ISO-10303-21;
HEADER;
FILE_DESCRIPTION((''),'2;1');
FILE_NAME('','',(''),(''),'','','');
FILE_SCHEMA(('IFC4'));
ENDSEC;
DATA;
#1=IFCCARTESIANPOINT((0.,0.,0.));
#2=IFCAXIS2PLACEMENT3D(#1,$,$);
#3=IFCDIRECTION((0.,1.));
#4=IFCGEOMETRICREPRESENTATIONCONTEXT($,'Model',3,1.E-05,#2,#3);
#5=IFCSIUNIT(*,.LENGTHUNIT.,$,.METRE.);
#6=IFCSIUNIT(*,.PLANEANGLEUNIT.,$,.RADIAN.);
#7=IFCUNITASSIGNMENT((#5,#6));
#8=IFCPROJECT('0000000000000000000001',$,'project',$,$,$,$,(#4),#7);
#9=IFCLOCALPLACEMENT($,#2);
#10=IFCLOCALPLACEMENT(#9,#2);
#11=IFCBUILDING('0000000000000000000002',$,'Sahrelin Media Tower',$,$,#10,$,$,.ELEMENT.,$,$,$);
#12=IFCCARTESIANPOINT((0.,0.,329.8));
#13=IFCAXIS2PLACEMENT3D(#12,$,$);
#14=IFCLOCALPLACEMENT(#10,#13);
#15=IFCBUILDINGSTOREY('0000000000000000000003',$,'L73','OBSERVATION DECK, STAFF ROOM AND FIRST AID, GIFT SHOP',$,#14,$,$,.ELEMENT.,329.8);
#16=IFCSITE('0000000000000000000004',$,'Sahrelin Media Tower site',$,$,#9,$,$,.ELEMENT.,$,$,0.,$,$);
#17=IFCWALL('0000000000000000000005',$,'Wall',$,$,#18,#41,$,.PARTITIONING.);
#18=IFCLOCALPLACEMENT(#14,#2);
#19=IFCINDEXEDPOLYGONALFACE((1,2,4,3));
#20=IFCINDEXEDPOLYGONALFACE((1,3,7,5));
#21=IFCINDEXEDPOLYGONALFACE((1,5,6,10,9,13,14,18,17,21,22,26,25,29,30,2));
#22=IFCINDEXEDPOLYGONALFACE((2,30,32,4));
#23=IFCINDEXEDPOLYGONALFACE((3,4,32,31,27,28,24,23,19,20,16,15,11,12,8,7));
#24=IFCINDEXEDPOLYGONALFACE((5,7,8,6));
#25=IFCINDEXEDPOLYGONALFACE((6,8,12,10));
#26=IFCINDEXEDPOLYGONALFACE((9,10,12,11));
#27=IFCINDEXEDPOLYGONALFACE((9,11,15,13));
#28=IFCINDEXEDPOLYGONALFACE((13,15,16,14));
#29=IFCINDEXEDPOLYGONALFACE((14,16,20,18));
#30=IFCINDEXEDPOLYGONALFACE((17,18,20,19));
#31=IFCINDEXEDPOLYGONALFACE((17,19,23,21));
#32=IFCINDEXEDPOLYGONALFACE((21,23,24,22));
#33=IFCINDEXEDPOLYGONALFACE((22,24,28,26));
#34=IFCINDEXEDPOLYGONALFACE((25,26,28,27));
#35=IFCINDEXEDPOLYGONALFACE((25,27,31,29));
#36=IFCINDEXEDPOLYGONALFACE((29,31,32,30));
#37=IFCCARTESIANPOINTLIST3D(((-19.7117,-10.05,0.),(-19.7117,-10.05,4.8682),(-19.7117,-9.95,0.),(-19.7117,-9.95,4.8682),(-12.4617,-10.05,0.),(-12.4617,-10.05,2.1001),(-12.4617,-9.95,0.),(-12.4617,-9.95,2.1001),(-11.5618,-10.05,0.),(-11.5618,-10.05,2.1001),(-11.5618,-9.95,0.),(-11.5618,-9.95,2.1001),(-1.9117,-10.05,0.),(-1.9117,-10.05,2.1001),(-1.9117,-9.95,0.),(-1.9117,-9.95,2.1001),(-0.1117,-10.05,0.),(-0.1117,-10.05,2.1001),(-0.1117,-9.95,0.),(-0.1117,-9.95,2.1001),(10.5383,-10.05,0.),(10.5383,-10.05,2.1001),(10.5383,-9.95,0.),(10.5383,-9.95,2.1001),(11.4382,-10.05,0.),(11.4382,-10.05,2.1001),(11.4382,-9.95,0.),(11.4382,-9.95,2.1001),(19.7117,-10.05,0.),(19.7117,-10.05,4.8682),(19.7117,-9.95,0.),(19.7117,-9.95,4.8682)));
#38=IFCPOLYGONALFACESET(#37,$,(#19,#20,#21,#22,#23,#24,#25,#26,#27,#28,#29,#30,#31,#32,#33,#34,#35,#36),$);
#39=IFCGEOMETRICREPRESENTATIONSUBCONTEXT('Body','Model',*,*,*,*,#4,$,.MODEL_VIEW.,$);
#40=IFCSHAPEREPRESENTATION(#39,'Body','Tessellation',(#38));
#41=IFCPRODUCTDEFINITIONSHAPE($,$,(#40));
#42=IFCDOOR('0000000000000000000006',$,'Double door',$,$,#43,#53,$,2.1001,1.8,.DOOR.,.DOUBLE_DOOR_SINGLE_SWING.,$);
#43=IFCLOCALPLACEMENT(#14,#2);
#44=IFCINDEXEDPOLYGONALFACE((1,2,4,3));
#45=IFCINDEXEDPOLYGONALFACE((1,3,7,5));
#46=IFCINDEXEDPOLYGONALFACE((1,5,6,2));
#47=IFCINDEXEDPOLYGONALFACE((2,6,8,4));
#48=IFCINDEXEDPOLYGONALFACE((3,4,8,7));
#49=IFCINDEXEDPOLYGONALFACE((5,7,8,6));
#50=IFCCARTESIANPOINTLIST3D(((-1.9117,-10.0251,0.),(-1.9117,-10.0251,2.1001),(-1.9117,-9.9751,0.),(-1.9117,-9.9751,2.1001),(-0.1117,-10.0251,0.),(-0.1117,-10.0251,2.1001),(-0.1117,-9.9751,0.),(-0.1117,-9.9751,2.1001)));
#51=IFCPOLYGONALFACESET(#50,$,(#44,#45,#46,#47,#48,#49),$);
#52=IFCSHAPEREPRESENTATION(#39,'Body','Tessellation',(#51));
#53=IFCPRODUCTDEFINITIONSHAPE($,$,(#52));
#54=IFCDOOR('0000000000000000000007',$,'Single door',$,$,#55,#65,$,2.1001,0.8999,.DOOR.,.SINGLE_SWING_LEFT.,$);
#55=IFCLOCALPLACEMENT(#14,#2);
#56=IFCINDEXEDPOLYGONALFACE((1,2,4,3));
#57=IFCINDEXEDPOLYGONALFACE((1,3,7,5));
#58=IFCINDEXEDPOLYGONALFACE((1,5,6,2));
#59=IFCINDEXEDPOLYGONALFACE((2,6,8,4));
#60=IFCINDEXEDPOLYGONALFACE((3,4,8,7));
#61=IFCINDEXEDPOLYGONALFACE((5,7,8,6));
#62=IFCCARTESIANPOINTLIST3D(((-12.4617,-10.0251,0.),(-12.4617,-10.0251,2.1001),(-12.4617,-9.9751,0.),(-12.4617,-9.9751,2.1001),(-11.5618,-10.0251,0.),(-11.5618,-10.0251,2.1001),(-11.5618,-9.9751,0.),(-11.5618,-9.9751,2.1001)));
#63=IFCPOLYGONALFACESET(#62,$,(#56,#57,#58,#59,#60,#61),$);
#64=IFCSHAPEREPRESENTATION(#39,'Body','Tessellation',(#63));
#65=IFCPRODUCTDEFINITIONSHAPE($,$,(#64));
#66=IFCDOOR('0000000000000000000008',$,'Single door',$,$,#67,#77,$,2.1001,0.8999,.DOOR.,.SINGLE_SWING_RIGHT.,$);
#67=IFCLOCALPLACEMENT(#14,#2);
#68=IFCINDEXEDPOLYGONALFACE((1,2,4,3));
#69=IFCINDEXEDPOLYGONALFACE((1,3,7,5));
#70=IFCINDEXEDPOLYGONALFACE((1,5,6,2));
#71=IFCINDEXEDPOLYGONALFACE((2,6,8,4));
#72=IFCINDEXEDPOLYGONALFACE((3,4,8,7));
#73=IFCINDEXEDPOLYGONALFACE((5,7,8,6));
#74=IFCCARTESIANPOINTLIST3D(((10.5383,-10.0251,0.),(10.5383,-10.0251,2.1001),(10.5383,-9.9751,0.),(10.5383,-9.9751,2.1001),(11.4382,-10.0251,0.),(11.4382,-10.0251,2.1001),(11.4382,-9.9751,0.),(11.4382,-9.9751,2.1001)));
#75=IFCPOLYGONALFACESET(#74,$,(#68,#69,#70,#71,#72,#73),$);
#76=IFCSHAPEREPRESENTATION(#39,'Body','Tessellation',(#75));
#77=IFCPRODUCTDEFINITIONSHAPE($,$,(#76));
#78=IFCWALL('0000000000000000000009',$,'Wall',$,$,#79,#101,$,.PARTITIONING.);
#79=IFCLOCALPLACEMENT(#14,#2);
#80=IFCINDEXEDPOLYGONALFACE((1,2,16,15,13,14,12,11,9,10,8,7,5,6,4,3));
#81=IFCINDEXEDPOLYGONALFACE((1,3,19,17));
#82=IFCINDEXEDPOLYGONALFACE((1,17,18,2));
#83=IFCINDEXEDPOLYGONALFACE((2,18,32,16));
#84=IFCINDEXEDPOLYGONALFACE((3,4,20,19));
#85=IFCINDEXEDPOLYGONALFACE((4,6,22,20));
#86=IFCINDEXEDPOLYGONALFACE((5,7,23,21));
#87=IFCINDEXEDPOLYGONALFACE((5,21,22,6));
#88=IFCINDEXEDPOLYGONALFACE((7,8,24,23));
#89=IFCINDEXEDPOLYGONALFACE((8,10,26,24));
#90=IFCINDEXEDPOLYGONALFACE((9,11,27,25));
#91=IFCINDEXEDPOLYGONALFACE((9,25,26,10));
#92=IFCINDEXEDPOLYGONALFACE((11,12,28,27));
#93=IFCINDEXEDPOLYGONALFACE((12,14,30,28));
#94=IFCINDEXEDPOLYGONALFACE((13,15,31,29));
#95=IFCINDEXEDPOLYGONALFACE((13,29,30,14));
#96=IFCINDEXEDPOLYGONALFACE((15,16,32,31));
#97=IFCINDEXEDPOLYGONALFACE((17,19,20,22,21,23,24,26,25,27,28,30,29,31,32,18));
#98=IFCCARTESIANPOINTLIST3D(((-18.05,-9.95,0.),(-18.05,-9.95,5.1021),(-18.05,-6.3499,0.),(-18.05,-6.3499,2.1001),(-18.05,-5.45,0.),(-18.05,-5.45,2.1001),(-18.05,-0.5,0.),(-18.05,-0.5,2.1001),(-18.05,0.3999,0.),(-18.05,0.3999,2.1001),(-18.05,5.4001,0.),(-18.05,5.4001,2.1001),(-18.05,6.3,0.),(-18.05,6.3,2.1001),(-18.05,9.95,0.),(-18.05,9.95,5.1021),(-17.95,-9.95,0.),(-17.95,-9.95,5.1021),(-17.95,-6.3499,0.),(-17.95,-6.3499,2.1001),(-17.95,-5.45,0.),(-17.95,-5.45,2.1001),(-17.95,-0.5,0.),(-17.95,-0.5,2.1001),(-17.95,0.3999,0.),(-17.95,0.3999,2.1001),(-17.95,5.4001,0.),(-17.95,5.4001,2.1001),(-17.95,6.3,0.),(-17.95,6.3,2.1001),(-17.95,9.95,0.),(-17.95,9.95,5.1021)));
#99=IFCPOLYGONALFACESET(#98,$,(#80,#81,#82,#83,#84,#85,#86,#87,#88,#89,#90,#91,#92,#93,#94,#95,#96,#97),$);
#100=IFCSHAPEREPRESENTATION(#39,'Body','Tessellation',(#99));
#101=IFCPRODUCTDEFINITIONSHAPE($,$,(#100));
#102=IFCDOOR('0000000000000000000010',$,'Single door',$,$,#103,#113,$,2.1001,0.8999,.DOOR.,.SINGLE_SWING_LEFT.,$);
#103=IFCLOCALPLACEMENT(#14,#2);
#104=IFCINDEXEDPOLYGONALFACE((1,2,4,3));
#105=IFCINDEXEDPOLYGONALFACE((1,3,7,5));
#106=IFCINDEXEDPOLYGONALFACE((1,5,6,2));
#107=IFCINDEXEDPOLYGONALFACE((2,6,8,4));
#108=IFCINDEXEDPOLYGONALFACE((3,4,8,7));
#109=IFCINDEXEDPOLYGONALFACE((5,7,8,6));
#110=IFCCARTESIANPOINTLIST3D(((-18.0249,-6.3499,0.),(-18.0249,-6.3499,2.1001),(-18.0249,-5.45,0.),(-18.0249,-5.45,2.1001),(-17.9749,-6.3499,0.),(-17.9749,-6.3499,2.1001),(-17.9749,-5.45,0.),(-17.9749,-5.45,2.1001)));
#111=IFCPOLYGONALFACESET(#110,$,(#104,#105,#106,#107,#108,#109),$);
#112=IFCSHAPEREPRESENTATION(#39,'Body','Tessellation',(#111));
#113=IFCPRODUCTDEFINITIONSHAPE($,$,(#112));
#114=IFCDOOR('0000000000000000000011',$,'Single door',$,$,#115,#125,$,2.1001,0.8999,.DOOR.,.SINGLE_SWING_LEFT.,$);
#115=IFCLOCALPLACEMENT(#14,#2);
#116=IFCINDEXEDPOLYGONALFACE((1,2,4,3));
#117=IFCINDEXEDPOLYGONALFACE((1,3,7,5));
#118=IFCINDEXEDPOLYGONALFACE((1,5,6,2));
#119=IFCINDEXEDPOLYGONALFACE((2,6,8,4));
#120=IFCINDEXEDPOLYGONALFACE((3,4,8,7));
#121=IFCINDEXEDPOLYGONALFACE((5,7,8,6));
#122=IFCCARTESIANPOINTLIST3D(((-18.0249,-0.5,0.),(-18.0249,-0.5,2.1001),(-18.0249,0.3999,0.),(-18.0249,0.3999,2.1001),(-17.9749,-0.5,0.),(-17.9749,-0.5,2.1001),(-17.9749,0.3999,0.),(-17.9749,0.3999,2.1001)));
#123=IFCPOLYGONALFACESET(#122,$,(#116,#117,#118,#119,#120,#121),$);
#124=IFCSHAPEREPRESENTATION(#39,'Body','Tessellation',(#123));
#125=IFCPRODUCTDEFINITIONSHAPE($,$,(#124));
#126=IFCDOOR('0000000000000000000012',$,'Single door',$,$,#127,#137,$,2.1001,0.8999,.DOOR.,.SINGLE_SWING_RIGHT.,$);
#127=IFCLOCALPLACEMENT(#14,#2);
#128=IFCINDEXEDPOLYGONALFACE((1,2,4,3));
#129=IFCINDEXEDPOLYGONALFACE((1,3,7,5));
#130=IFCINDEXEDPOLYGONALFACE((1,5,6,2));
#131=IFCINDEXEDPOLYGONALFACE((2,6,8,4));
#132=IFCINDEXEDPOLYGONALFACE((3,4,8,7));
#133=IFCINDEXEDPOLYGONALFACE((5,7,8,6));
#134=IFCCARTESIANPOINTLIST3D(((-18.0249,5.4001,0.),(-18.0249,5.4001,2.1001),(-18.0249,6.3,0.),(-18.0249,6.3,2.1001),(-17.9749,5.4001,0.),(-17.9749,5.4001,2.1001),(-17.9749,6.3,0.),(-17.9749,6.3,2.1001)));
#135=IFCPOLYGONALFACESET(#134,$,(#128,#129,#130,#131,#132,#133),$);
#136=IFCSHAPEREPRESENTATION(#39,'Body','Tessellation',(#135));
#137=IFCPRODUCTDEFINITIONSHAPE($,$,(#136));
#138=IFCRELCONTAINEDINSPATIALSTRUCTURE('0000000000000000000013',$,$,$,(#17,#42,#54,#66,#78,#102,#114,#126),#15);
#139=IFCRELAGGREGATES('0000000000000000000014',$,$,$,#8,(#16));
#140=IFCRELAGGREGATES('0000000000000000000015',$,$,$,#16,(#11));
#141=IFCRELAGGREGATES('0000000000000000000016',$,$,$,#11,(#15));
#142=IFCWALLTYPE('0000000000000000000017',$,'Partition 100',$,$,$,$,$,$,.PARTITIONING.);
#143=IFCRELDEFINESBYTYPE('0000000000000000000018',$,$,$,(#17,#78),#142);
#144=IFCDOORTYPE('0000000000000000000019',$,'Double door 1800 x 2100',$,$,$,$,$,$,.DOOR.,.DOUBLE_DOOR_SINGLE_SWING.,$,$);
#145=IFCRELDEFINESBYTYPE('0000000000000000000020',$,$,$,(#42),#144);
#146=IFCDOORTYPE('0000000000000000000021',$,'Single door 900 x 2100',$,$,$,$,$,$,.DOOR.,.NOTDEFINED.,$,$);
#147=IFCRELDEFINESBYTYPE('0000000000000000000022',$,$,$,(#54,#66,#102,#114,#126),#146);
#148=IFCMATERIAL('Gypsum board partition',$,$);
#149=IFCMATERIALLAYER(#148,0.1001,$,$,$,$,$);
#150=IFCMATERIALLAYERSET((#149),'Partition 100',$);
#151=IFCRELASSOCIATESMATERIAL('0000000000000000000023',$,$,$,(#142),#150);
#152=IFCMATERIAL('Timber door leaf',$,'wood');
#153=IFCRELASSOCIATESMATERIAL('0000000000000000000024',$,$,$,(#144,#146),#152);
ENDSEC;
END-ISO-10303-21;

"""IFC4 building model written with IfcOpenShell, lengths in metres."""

from ifc_helpers import new_model, si_unit, direction, frame, frame_2d, origin, place, context, subcontext, project, spatial, rectangle, extrude, material, layer, layer_set, type_object, element, fill, save


model = new_model("IFC4")

# Units and contexts
model_context = context("Model", 3, precision=1e-05, world=origin(), true_north=direction((0.0, 1.0)))
body_context = subcontext(model_context, "Body", "Model", "MODEL_VIEW")
ifc_project = project(units=[si_unit("LENGTHUNIT", "METRE"), si_unit("PLANEANGLEUNIT", "RADIAN")], contexts=[model_context])

# Site, building, storey
site_placement = place(None, origin())
site = spatial("IfcSite", under=ifc_project, at=site_placement, Name="Sahrelin Media Tower site", CompositionType="ELEMENT", RefElevation=0.0)
building_placement = place(site_placement, origin())
building = spatial("IfcBuilding", under=site, at=building_placement, Name="Sahrelin Media Tower", CompositionType="ELEMENT")
storey_placement = place(building_placement, frame((0.0, 0.0, 329.8)))
storey = spatial("IfcBuildingStorey", under=building, at=storey_placement, Name="L73", Description="OBSERVATION DECK, STAFF ROOM AND FIRST AID, GIFT SHOP", CompositionType="ELEMENT", Elevation=329.8)

# Walls, openings, doors
ifc_material_1 = material(Name="Gypsum board partition")
ifc_layer_1 = layer(ifc_material_1, 0.1001)
ifc_layer_set_1 = layer_set([ifc_layer_1], Name="Partition 100")
wall_type = type_object("IfcWallType", Name="Partition 100", PredefinedType="PARTITIONING", material=ifc_layer_set_1)
wall_1_placement = place(storey_placement, frame((-19.7117, -10.0, 0.0), z_axis=(0.0, 0.0, 1.0), x_axis=(1.0, 0.0, 0.0)))
wall_1 = element("IfcWall", 1, at=wall_1_placement, inside=storey, type_object=wall_type, Name="Wall", PredefinedType="PARTITIONING", context=body_context, shape_type="SweptSolid", body=[
    extrude(rectangle(XDim=39.4233, YDim=0.1001, at=frame_2d((19.7117, 0.0))), origin(), (0.0, 0.0, 1.0), 4.8682),
])
opening_1_placement = place(wall_1_placement, frame((7.25, 0.0, 0.0)))
opening_1 = element("IfcOpeningElement", 2, at=opening_1_placement, cuts=wall_1, PredefinedType="OPENING", context=body_context, shape_type="SweptSolid", body=[
    extrude(rectangle(XDim=0.8999, YDim=2.1001, at=frame_2d((0.45, 1.05))), frame((0.0, 0.05, 0.0), z_axis=(0.0, -1.0, 0.0), x_axis=(1.0, 0.0, 0.0)), (0.0, 0.0, 1.0), 0.1001),
])
opening_2_placement = place(wall_1_placement, frame((17.8, 0.0, 0.0)))
opening_2 = element("IfcOpeningElement", 3, at=opening_2_placement, cuts=wall_1, PredefinedType="OPENING", context=body_context, shape_type="SweptSolid", body=[
    extrude(rectangle(XDim=1.8, YDim=2.1001, at=frame_2d((0.8999, 1.05))), frame((0.0, 0.05, 0.0), z_axis=(0.0, -1.0, 0.0), x_axis=(1.0, 0.0, 0.0)), (0.0, 0.0, 1.0), 0.1001),
])
opening_3_placement = place(wall_1_placement, frame((30.25, 0.0, 0.0)))
opening_3 = element("IfcOpeningElement", 4, at=opening_3_placement, cuts=wall_1, PredefinedType="OPENING", context=body_context, shape_type="SweptSolid", body=[
    extrude(rectangle(XDim=0.8999, YDim=2.1001, at=frame_2d((0.45, 1.05))), frame((0.0, 0.05, 0.0), z_axis=(0.0, -1.0, 0.0), x_axis=(1.0, 0.0, 0.0)), (0.0, 0.0, 1.0), 0.1001),
])
ifc_material_2 = material(Name="Timber door leaf", Category="wood")
door_type_1 = type_object("IfcDoorType", Name="Double door 1800 x 2100", OperationType="DOUBLE_DOOR_SINGLE_SWING", PredefinedType="DOOR", material=ifc_material_2)
door_1_placement = place(opening_2_placement, origin())
door_1 = element("IfcDoor", 5, at=door_1_placement, inside=storey, type_object=door_type_1, Name="Double door", OperationType="DOUBLE_DOOR_SINGLE_SWING", OverallHeight=2.1001, OverallWidth=1.8, PredefinedType="DOOR", context=body_context, shape_type="SweptSolid", body=[
    extrude(rectangle(XDim=1.8, YDim=2.1001, at=frame_2d((0.8999, 1.05))), frame((0.0, 0.0249, 0.0), z_axis=(0.0, -1.0, 0.0), x_axis=(1.0, 0.0, 0.0)), (0.0, 0.0, 1.0), 0.05),
])
fill(opening_2, door_1)
door_type_2 = type_object("IfcDoorType", Name="Single door 900 x 2100", OperationType="NOTDEFINED", PredefinedType="DOOR", material=ifc_material_2)
door_2_placement = place(opening_1_placement, origin())
door_2 = element("IfcDoor", 6, at=door_2_placement, inside=storey, type_object=door_type_2, Name="Single door", OperationType="SINGLE_SWING_LEFT", OverallHeight=2.1001, OverallWidth=0.8999, PredefinedType="DOOR", context=body_context, shape_type="SweptSolid", body=[
    extrude(rectangle(XDim=0.8999, YDim=2.1001, at=frame_2d((0.45, 1.05))), frame((0.0, 0.0249, 0.0), z_axis=(0.0, -1.0, 0.0), x_axis=(1.0, 0.0, 0.0)), (0.0, 0.0, 1.0), 0.05),
])
fill(opening_1, door_2)
door_3_placement = place(opening_3_placement, origin())
door_3 = element("IfcDoor", 7, at=door_3_placement, inside=storey, type_object=door_type_2, Name="Single door", OperationType="SINGLE_SWING_RIGHT", OverallHeight=2.1001, OverallWidth=0.8999, PredefinedType="DOOR", context=body_context, shape_type="SweptSolid", body=[
    extrude(rectangle(XDim=0.8999, YDim=2.1001, at=frame_2d((0.45, 1.05))), frame((0.0, 0.0249, 0.0), z_axis=(0.0, -1.0, 0.0), x_axis=(1.0, 0.0, 0.0)), (0.0, 0.0, 1.0), 0.05),
])
fill(opening_3, door_3)
wall_2_placement = place(storey_placement, frame((-18.0, -9.95, 0.0), z_axis=(0.0, 0.0, 1.0), x_axis=(0.0, 1.0, 0.0)))
wall_2 = element("IfcWall", 8, at=wall_2_placement, inside=storey, type_object=wall_type, Name="Wall", PredefinedType="PARTITIONING", context=body_context, shape_type="SweptSolid", body=[
    extrude(rectangle(XDim=19.8999, YDim=0.1001, at=frame_2d((9.95, 0.0))), origin(), (0.0, 0.0, 1.0), 5.1021),
])
opening_4_placement = place(wall_2_placement, frame((3.6001, 0.0, 0.0)))
opening_4 = element("IfcOpeningElement", 9, at=opening_4_placement, cuts=wall_2, PredefinedType="OPENING", context=body_context, shape_type="SweptSolid", body=[
    extrude(rectangle(XDim=0.8999, YDim=2.1001, at=frame_2d((0.45, 1.05))), frame((0.0, 0.05, 0.0), z_axis=(0.0, -1.0, 0.0), x_axis=(1.0, 0.0, 0.0)), (0.0, 0.0, 1.0), 0.1001),
])
opening_5_placement = place(wall_2_placement, frame((9.45, 0.0, 0.0)))
opening_5 = element("IfcOpeningElement", 10, at=opening_5_placement, cuts=wall_2, PredefinedType="OPENING", context=body_context, shape_type="SweptSolid", body=[
    extrude(rectangle(XDim=0.8999, YDim=2.1001, at=frame_2d((0.45, 1.05))), frame((0.0, 0.05, 0.0), z_axis=(0.0, -1.0, 0.0), x_axis=(1.0, 0.0, 0.0)), (0.0, 0.0, 1.0), 0.1001),
])
opening_6_placement = place(wall_2_placement, frame((15.3501, 0.0, 0.0)))
opening_6 = element("IfcOpeningElement", 11, at=opening_6_placement, cuts=wall_2, PredefinedType="OPENING", context=body_context, shape_type="SweptSolid", body=[
    extrude(rectangle(XDim=0.8999, YDim=2.1001, at=frame_2d((0.45, 1.05))), frame((0.0, 0.05, 0.0), z_axis=(0.0, -1.0, 0.0), x_axis=(1.0, 0.0, 0.0)), (0.0, 0.0, 1.0), 0.1001),
])
door_4_placement = place(opening_4_placement, origin())
door_4 = element("IfcDoor", 12, at=door_4_placement, inside=storey, type_object=door_type_2, Name="Single door", OperationType="SINGLE_SWING_LEFT", OverallHeight=2.1001, OverallWidth=0.8999, PredefinedType="DOOR", context=body_context, shape_type="SweptSolid", body=[
    extrude(rectangle(XDim=0.8999, YDim=2.1001, at=frame_2d((0.45, 1.05))), frame((0.0, 0.0249, 0.0), z_axis=(0.0, -1.0, 0.0), x_axis=(1.0, 0.0, 0.0)), (0.0, 0.0, 1.0), 0.05),
])
fill(opening_4, door_4)
door_5_placement = place(opening_5_placement, origin())
door_5 = element("IfcDoor", 13, at=door_5_placement, inside=storey, type_object=door_type_2, Name="Single door", OperationType="SINGLE_SWING_LEFT", OverallHeight=2.1001, OverallWidth=0.8999, PredefinedType="DOOR", context=body_context, shape_type="SweptSolid", body=[
    extrude(rectangle(XDim=0.8999, YDim=2.1001, at=frame_2d((0.45, 1.05))), frame((0.0, 0.0249, 0.0), z_axis=(0.0, -1.0, 0.0), x_axis=(1.0, 0.0, 0.0)), (0.0, 0.0, 1.0), 0.05),
])
fill(opening_5, door_5)
door_6_placement = place(opening_6_placement, origin())
door_6 = element("IfcDoor", 14, at=door_6_placement, inside=storey, type_object=door_type_2, Name="Single door", OperationType="SINGLE_SWING_RIGHT", OverallHeight=2.1001, OverallWidth=0.8999, PredefinedType="DOOR", context=body_context, shape_type="SweptSolid", body=[
    extrude(rectangle(XDim=0.8999, YDim=2.1001, at=frame_2d((0.45, 1.05))), frame((0.0, 0.0249, 0.0), z_axis=(0.0, -1.0, 0.0), x_axis=(1.0, 0.0, 0.0)), (0.0, 0.0, 1.0), 0.05),
])
fill(opening_6, door_6)

save(model, "model.ifc")
